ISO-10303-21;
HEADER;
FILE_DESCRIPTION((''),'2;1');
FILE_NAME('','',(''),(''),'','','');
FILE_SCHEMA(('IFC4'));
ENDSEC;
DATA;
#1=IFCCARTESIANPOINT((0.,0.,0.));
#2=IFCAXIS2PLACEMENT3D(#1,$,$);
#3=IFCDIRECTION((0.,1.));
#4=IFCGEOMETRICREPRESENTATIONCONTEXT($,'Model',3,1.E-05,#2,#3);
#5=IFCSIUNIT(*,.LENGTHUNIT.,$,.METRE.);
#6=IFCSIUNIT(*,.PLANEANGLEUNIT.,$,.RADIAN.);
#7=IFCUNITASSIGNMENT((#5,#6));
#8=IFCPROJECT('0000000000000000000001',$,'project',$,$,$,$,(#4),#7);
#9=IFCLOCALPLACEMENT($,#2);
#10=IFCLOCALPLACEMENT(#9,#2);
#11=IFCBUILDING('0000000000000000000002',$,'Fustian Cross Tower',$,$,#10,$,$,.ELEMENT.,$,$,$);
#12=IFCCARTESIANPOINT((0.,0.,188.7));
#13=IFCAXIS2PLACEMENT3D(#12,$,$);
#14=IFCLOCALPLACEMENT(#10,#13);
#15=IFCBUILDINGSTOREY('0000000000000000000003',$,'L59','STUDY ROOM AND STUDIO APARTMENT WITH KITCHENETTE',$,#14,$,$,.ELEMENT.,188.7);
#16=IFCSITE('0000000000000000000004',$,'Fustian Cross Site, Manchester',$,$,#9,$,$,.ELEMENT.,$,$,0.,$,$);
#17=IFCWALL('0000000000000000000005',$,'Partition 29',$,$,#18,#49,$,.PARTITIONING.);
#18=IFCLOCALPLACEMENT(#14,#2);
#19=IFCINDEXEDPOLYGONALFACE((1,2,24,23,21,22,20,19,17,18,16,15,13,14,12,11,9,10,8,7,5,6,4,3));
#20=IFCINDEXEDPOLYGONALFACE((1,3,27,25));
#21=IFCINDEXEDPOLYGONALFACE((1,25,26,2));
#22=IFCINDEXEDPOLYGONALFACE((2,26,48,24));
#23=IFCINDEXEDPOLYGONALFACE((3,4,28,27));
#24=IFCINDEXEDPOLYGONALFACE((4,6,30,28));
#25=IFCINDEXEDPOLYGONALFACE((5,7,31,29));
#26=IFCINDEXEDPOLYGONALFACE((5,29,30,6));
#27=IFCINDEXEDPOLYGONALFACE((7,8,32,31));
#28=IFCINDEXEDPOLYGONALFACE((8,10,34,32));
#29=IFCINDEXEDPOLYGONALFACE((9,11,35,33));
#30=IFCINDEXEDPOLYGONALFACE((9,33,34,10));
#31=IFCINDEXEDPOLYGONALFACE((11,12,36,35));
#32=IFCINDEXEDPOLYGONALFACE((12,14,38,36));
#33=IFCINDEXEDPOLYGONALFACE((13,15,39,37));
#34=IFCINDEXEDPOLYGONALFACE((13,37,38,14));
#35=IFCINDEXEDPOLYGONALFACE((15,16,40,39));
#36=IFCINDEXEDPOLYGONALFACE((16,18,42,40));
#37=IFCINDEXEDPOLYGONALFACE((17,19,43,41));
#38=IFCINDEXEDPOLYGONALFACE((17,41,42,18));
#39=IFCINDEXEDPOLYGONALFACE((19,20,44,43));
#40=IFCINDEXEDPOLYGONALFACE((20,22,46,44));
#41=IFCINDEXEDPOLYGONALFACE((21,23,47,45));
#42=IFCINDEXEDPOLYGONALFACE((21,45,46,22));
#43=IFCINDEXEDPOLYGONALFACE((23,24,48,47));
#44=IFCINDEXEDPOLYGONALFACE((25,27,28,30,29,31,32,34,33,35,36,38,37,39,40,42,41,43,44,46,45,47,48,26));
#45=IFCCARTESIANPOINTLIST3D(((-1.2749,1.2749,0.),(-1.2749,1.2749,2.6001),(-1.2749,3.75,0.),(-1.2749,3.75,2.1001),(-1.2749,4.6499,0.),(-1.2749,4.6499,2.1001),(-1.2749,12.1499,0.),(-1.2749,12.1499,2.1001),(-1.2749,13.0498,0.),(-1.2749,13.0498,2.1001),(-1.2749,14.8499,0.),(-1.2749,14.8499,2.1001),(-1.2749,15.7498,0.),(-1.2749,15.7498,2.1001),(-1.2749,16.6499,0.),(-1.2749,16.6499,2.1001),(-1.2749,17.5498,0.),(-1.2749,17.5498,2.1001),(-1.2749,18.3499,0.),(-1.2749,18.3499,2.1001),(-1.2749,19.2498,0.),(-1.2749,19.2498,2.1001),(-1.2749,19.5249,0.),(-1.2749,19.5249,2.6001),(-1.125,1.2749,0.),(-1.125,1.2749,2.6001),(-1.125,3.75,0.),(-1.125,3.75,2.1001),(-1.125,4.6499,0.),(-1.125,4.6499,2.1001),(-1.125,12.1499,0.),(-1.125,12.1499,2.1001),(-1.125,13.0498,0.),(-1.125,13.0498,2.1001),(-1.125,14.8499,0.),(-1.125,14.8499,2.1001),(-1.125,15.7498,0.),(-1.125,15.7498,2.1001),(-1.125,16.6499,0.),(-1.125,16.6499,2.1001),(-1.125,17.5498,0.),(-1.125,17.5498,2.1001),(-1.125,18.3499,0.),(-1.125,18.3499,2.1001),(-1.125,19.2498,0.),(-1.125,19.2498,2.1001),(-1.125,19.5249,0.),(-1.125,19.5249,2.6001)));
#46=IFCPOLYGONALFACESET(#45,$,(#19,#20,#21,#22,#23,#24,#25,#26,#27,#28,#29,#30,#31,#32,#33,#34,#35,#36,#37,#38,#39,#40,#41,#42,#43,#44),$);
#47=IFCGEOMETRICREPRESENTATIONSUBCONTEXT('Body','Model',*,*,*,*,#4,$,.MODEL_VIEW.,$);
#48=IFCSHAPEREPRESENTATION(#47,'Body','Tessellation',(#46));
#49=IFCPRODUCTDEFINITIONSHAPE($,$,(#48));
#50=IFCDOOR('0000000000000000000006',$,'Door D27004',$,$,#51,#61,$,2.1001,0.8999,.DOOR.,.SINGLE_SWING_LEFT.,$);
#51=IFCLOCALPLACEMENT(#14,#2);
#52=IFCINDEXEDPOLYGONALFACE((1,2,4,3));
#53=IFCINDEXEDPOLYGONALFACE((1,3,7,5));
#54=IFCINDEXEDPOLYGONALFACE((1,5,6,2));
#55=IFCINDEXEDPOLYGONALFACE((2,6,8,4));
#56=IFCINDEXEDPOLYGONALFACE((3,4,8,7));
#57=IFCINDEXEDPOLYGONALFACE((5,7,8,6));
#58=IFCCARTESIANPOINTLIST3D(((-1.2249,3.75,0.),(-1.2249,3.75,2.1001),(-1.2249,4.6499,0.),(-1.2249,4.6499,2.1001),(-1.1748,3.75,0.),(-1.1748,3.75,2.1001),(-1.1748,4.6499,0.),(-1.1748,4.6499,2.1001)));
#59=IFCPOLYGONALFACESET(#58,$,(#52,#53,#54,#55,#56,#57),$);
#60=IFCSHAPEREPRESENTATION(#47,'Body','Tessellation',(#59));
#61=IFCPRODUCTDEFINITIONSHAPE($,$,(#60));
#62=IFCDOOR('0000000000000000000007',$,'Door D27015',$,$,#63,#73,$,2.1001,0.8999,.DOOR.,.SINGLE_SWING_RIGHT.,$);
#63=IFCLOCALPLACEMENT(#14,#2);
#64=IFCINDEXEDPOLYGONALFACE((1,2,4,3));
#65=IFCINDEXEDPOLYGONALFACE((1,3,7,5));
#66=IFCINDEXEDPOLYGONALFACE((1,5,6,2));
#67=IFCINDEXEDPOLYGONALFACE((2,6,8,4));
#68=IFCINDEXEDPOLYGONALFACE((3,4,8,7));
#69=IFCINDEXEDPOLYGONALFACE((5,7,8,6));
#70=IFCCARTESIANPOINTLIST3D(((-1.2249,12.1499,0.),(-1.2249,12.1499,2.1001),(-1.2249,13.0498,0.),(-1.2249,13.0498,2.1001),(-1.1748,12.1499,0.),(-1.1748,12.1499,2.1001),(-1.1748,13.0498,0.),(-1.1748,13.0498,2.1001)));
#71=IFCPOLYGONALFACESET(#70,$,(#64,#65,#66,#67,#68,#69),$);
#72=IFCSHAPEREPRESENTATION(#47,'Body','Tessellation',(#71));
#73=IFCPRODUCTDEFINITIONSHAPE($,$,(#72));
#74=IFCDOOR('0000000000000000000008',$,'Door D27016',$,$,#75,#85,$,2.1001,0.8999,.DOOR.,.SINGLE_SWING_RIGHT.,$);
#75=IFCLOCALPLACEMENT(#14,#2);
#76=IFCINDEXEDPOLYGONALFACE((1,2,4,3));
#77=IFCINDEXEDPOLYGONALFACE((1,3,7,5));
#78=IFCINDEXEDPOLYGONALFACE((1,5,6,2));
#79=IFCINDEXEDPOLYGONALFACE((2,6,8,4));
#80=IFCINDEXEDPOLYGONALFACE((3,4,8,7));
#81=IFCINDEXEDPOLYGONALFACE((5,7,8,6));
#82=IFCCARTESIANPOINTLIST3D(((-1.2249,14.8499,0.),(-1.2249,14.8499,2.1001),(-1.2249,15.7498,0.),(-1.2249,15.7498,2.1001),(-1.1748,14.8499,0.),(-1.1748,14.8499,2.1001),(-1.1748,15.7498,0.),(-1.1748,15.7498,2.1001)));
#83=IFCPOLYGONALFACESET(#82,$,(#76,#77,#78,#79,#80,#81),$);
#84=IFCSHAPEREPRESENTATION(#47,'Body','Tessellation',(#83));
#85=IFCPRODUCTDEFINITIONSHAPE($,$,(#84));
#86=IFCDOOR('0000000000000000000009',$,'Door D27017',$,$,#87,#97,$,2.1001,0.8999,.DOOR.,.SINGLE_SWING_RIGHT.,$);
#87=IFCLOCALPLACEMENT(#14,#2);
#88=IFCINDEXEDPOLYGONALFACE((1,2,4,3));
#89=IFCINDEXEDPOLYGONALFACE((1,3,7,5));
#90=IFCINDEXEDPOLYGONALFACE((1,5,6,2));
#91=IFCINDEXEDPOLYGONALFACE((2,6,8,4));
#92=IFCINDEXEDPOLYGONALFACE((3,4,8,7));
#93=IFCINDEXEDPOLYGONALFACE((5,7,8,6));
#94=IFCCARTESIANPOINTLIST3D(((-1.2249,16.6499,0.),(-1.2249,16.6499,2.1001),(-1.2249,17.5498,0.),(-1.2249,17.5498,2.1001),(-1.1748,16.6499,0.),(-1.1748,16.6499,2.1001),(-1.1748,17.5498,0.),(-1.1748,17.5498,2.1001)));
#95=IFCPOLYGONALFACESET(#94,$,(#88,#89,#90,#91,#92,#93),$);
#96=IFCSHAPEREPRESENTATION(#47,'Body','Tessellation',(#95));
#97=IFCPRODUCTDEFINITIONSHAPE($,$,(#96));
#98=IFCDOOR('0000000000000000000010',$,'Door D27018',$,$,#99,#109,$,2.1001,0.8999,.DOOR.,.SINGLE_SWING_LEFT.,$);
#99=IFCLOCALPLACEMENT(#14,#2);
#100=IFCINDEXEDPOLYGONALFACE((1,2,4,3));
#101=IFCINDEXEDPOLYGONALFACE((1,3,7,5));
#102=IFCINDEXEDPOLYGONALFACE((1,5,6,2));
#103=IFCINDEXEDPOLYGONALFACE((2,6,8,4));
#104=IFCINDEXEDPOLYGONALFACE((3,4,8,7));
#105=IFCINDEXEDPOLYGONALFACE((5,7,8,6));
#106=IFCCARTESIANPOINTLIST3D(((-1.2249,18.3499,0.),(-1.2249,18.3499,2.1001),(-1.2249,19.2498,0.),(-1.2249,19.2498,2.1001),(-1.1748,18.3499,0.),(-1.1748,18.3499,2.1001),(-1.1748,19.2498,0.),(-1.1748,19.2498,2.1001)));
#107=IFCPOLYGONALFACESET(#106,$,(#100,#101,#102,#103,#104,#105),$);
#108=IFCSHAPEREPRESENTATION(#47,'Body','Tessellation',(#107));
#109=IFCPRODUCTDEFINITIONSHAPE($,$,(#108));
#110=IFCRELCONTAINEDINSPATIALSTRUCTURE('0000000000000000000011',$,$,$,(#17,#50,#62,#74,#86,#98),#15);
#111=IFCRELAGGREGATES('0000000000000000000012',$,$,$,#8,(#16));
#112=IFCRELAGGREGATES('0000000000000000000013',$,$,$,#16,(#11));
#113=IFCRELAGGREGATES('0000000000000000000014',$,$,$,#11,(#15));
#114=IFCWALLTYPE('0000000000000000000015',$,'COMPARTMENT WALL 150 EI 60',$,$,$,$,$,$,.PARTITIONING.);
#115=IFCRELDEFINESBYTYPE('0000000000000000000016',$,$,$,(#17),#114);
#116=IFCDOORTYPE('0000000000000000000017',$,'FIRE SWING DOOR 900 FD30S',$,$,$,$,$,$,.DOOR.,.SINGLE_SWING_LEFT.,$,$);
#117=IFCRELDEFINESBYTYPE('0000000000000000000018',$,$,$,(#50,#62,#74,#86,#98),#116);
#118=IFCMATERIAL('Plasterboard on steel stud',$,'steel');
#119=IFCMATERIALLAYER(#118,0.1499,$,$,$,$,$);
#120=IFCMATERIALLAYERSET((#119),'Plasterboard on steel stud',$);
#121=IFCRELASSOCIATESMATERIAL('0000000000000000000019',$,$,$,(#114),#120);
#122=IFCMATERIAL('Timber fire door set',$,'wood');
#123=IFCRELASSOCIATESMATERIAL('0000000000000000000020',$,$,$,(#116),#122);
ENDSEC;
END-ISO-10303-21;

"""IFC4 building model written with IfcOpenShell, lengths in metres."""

from ifc_helpers import new_model, si_unit, direction, frame, frame_2d, origin, place, context, subcontext, project, spatial, rectangle, extrude, material, layer, layer_set, type_object, element, fill, save


model = new_model("IFC4")

# Units and contexts
model_context = context("Model", 3, precision=1e-05, world=origin(), true_north=direction((0.0, 1.0)))
body_context = subcontext(model_context, "Body", "Model", "MODEL_VIEW")
ifc_project = project(units=[si_unit("LENGTHUNIT", "METRE"), si_unit("PLANEANGLEUNIT", "RADIAN")], contexts=[model_context])

# Site, building, storey
site_placement = place(None, origin())
site = spatial("IfcSite", under=ifc_project, at=site_placement, Name="Fustian Cross Site, Manchester", CompositionType="ELEMENT", RefElevation=0.0)
building_placement = place(site_placement, origin())
building = spatial("IfcBuilding", under=site, at=building_placement, Name="Fustian Cross Tower", CompositionType="ELEMENT")
storey_placement = place(building_placement, frame((0.0, 0.0, 188.7)))
storey = spatial("IfcBuildingStorey", under=building, at=storey_placement, Name="L59", Description="STUDY ROOM AND STUDIO APARTMENT WITH KITCHENETTE", CompositionType="ELEMENT", Elevation=188.7)

# Wall, openings, doors
ifc_material_1 = material(Name="Plasterboard on steel stud", Category="steel")
ifc_layer_1 = layer(ifc_material_1, 0.1499)
ifc_layer_set_1 = layer_set([ifc_layer_1], Name="Plasterboard on steel stud")
wall_type = type_object("IfcWallType", Name="COMPARTMENT WALL 150 EI 60", PredefinedType="PARTITIONING", material=ifc_layer_set_1)
wall_1_placement = place(storey_placement, frame((-1.2, 1.2749, 0.0), z_axis=(0.0, 0.0, 1.0), x_axis=(0.0, 1.0, 0.0)))
wall_1 = element("IfcWall", 1, at=wall_1_placement, inside=storey, type_object=wall_type, Name="Partition 29", PredefinedType="PARTITIONING", context=body_context, shape_type="SweptSolid", body=[
    extrude(rectangle(XDim=18.25, YDim=0.1499, at=frame_2d((9.125, 0.0))), origin(), (0.0, 0.0, 1.0), 2.6001),
])
opening_1_placement = place(wall_1_placement, frame((2.4751, 0.0, 0.0)))
opening_1 = element("IfcOpeningElement", 2, at=opening_1_placement, cuts=wall_1, PredefinedType="OPENING", context=body_context, shape_type="SweptSolid", body=[
    extrude(rectangle(XDim=0.8999, YDim=2.1001, at=frame_2d((0.45, 1.05))), frame((0.0, 0.085, 0.0), z_axis=(0.0, -1.0, 0.0), x_axis=(1.0, 0.0, 0.0)), (0.0, 0.0, 1.0), 0.1699),
])
opening_2_placement = place(wall_1_placement, frame((10.875, 0.0, 0.0)))
opening_2 = element("IfcOpeningElement", 3, at=opening_2_placement, cuts=wall_1, PredefinedType="OPENING", context=body_context, shape_type="SweptSolid", body=[
    extrude(rectangle(XDim=0.8999, YDim=2.1001, at=frame_2d((0.45, 1.05))), frame((0.0, 0.085, 0.0), z_axis=(0.0, -1.0, 0.0), x_axis=(1.0, 0.0, 0.0)), (0.0, 0.0, 1.0), 0.1699),
])
opening_3_placement = place(wall_1_placement, frame((13.575, 0.0, 0.0)))
opening_3 = element("IfcOpeningElement", 4, at=opening_3_placement, cuts=wall_1, PredefinedType="OPENING", context=body_context, shape_type="SweptSolid", body=[
    extrude(rectangle(XDim=0.8999, YDim=2.1001, at=frame_2d((0.45, 1.05))), frame((0.0, 0.085, 0.0), z_axis=(0.0, -1.0, 0.0), x_axis=(1.0, 0.0, 0.0)), (0.0, 0.0, 1.0), 0.1699),
])
opening_4_placement = place(wall_1_placement, frame((15.375, 0.0, 0.0)))
opening_4 = element("IfcOpeningElement", 5, at=opening_4_placement, cuts=wall_1, PredefinedType="OPENING", context=body_context, shape_type="SweptSolid", body=[
    extrude(rectangle(XDim=0.8999, YDim=2.1001, at=frame_2d((0.45, 1.05))), frame((0.0, 0.085, 0.0), z_axis=(0.0, -1.0, 0.0), x_axis=(1.0, 0.0, 0.0)), (0.0, 0.0, 1.0), 0.1699),
])
opening_5_placement = place(wall_1_placement, frame((17.075, 0.0, 0.0)))
opening_5 = element("IfcOpeningElement", 6, at=opening_5_placement, cuts=wall_1, PredefinedType="OPENING", context=body_context, shape_type="SweptSolid", body=[
    extrude(rectangle(XDim=0.8999, YDim=2.1001, at=frame_2d((0.45, 1.05))), frame((0.0, 0.085, 0.0), z_axis=(0.0, -1.0, 0.0), x_axis=(1.0, 0.0, 0.0)), (0.0, 0.0, 1.0), 0.1699),
])
ifc_material_2 = material(Name="Timber fire door set", Category="wood")
door_type = type_object("IfcDoorType", Name="FIRE SWING DOOR 900 FD30S", OperationType="SINGLE_SWING_LEFT", PredefinedType="DOOR", material=ifc_material_2)
door_1_placement = place(opening_1_placement, origin())
door_1 = element("IfcDoor", 7, at=door_1_placement, inside=storey, type_object=door_type, Name="Door D27004", OperationType="SINGLE_SWING_LEFT", OverallHeight=2.1001, OverallWidth=0.8999, PredefinedType="DOOR", context=body_context, shape_type="SweptSolid", body=[
    extrude(rectangle(XDim=0.8999, YDim=2.1001, at=frame_2d((0.45, 1.05))), frame((0.0, 0.0249, 0.0), z_axis=(0.0, -1.0, 0.0), x_axis=(1.0, 0.0, 0.0)), (0.0, 0.0, 1.0), 0.05),
])
fill(opening_1, door_1)
door_2_placement = place(opening_2_placement, origin())
door_2 = element("IfcDoor", 8, at=door_2_placement, inside=storey, type_object=door_type, Name="Door D27015", OperationType="SINGLE_SWING_RIGHT", OverallHeight=2.1001, OverallWidth=0.8999, PredefinedType="DOOR", context=body_context, shape_type="SweptSolid", body=[
    extrude(rectangle(XDim=0.8999, YDim=2.1001, at=frame_2d((0.45, 1.05))), frame((0.0, 0.0249, 0.0), z_axis=(0.0, -1.0, 0.0), x_axis=(1.0, 0.0, 0.0)), (0.0, 0.0, 1.0), 0.05),
])
fill(opening_2, door_2)
door_3_placement = place(opening_3_placement, origin())
door_3 = element("IfcDoor", 9, at=door_3_placement, inside=storey, type_object=door_type, Name="Door D27016", OperationType="SINGLE_SWING_RIGHT", OverallHeight=2.1001, OverallWidth=0.8999, PredefinedType="DOOR", context=body_context, shape_type="SweptSolid", body=[
    extrude(rectangle(XDim=0.8999, YDim=2.1001, at=frame_2d((0.45, 1.05))), frame((0.0, 0.0249, 0.0), z_axis=(0.0, -1.0, 0.0), x_axis=(1.0, 0.0, 0.0)), (0.0, 0.0, 1.0), 0.05),
])
fill(opening_3, door_3)
door_4_placement = place(opening_4_placement, origin())
door_4 = element("IfcDoor", 10, at=door_4_placement, inside=storey, type_object=door_type, Name="Door D27017", OperationType="SINGLE_SWING_RIGHT", OverallHeight=2.1001, OverallWidth=0.8999, PredefinedType="DOOR", context=body_context, shape_type="SweptSolid", body=[
    extrude(rectangle(XDim=0.8999, YDim=2.1001, at=frame_2d((0.45, 1.05))), frame((0.0, 0.0249, 0.0), z_axis=(0.0, -1.0, 0.0), x_axis=(1.0, 0.0, 0.0)), (0.0, 0.0, 1.0), 0.05),
])
fill(opening_4, door_4)
door_5_placement = place(opening_5_placement, origin())
door_5 = element("IfcDoor", 11, at=door_5_placement, inside=storey, type_object=door_type, Name="Door D27018", OperationType="SINGLE_SWING_LEFT", OverallHeight=2.1001, OverallWidth=0.8999, PredefinedType="DOOR", context=body_context, shape_type="SweptSolid", body=[
    extrude(rectangle(XDim=0.8999, YDim=2.1001, at=frame_2d((0.45, 1.05))), frame((0.0, 0.0249, 0.0), z_axis=(0.0, -1.0, 0.0), x_axis=(1.0, 0.0, 0.0)), (0.0, 0.0, 1.0), 0.05),
])
fill(opening_5, door_5)

save(model, "model.ifc")
